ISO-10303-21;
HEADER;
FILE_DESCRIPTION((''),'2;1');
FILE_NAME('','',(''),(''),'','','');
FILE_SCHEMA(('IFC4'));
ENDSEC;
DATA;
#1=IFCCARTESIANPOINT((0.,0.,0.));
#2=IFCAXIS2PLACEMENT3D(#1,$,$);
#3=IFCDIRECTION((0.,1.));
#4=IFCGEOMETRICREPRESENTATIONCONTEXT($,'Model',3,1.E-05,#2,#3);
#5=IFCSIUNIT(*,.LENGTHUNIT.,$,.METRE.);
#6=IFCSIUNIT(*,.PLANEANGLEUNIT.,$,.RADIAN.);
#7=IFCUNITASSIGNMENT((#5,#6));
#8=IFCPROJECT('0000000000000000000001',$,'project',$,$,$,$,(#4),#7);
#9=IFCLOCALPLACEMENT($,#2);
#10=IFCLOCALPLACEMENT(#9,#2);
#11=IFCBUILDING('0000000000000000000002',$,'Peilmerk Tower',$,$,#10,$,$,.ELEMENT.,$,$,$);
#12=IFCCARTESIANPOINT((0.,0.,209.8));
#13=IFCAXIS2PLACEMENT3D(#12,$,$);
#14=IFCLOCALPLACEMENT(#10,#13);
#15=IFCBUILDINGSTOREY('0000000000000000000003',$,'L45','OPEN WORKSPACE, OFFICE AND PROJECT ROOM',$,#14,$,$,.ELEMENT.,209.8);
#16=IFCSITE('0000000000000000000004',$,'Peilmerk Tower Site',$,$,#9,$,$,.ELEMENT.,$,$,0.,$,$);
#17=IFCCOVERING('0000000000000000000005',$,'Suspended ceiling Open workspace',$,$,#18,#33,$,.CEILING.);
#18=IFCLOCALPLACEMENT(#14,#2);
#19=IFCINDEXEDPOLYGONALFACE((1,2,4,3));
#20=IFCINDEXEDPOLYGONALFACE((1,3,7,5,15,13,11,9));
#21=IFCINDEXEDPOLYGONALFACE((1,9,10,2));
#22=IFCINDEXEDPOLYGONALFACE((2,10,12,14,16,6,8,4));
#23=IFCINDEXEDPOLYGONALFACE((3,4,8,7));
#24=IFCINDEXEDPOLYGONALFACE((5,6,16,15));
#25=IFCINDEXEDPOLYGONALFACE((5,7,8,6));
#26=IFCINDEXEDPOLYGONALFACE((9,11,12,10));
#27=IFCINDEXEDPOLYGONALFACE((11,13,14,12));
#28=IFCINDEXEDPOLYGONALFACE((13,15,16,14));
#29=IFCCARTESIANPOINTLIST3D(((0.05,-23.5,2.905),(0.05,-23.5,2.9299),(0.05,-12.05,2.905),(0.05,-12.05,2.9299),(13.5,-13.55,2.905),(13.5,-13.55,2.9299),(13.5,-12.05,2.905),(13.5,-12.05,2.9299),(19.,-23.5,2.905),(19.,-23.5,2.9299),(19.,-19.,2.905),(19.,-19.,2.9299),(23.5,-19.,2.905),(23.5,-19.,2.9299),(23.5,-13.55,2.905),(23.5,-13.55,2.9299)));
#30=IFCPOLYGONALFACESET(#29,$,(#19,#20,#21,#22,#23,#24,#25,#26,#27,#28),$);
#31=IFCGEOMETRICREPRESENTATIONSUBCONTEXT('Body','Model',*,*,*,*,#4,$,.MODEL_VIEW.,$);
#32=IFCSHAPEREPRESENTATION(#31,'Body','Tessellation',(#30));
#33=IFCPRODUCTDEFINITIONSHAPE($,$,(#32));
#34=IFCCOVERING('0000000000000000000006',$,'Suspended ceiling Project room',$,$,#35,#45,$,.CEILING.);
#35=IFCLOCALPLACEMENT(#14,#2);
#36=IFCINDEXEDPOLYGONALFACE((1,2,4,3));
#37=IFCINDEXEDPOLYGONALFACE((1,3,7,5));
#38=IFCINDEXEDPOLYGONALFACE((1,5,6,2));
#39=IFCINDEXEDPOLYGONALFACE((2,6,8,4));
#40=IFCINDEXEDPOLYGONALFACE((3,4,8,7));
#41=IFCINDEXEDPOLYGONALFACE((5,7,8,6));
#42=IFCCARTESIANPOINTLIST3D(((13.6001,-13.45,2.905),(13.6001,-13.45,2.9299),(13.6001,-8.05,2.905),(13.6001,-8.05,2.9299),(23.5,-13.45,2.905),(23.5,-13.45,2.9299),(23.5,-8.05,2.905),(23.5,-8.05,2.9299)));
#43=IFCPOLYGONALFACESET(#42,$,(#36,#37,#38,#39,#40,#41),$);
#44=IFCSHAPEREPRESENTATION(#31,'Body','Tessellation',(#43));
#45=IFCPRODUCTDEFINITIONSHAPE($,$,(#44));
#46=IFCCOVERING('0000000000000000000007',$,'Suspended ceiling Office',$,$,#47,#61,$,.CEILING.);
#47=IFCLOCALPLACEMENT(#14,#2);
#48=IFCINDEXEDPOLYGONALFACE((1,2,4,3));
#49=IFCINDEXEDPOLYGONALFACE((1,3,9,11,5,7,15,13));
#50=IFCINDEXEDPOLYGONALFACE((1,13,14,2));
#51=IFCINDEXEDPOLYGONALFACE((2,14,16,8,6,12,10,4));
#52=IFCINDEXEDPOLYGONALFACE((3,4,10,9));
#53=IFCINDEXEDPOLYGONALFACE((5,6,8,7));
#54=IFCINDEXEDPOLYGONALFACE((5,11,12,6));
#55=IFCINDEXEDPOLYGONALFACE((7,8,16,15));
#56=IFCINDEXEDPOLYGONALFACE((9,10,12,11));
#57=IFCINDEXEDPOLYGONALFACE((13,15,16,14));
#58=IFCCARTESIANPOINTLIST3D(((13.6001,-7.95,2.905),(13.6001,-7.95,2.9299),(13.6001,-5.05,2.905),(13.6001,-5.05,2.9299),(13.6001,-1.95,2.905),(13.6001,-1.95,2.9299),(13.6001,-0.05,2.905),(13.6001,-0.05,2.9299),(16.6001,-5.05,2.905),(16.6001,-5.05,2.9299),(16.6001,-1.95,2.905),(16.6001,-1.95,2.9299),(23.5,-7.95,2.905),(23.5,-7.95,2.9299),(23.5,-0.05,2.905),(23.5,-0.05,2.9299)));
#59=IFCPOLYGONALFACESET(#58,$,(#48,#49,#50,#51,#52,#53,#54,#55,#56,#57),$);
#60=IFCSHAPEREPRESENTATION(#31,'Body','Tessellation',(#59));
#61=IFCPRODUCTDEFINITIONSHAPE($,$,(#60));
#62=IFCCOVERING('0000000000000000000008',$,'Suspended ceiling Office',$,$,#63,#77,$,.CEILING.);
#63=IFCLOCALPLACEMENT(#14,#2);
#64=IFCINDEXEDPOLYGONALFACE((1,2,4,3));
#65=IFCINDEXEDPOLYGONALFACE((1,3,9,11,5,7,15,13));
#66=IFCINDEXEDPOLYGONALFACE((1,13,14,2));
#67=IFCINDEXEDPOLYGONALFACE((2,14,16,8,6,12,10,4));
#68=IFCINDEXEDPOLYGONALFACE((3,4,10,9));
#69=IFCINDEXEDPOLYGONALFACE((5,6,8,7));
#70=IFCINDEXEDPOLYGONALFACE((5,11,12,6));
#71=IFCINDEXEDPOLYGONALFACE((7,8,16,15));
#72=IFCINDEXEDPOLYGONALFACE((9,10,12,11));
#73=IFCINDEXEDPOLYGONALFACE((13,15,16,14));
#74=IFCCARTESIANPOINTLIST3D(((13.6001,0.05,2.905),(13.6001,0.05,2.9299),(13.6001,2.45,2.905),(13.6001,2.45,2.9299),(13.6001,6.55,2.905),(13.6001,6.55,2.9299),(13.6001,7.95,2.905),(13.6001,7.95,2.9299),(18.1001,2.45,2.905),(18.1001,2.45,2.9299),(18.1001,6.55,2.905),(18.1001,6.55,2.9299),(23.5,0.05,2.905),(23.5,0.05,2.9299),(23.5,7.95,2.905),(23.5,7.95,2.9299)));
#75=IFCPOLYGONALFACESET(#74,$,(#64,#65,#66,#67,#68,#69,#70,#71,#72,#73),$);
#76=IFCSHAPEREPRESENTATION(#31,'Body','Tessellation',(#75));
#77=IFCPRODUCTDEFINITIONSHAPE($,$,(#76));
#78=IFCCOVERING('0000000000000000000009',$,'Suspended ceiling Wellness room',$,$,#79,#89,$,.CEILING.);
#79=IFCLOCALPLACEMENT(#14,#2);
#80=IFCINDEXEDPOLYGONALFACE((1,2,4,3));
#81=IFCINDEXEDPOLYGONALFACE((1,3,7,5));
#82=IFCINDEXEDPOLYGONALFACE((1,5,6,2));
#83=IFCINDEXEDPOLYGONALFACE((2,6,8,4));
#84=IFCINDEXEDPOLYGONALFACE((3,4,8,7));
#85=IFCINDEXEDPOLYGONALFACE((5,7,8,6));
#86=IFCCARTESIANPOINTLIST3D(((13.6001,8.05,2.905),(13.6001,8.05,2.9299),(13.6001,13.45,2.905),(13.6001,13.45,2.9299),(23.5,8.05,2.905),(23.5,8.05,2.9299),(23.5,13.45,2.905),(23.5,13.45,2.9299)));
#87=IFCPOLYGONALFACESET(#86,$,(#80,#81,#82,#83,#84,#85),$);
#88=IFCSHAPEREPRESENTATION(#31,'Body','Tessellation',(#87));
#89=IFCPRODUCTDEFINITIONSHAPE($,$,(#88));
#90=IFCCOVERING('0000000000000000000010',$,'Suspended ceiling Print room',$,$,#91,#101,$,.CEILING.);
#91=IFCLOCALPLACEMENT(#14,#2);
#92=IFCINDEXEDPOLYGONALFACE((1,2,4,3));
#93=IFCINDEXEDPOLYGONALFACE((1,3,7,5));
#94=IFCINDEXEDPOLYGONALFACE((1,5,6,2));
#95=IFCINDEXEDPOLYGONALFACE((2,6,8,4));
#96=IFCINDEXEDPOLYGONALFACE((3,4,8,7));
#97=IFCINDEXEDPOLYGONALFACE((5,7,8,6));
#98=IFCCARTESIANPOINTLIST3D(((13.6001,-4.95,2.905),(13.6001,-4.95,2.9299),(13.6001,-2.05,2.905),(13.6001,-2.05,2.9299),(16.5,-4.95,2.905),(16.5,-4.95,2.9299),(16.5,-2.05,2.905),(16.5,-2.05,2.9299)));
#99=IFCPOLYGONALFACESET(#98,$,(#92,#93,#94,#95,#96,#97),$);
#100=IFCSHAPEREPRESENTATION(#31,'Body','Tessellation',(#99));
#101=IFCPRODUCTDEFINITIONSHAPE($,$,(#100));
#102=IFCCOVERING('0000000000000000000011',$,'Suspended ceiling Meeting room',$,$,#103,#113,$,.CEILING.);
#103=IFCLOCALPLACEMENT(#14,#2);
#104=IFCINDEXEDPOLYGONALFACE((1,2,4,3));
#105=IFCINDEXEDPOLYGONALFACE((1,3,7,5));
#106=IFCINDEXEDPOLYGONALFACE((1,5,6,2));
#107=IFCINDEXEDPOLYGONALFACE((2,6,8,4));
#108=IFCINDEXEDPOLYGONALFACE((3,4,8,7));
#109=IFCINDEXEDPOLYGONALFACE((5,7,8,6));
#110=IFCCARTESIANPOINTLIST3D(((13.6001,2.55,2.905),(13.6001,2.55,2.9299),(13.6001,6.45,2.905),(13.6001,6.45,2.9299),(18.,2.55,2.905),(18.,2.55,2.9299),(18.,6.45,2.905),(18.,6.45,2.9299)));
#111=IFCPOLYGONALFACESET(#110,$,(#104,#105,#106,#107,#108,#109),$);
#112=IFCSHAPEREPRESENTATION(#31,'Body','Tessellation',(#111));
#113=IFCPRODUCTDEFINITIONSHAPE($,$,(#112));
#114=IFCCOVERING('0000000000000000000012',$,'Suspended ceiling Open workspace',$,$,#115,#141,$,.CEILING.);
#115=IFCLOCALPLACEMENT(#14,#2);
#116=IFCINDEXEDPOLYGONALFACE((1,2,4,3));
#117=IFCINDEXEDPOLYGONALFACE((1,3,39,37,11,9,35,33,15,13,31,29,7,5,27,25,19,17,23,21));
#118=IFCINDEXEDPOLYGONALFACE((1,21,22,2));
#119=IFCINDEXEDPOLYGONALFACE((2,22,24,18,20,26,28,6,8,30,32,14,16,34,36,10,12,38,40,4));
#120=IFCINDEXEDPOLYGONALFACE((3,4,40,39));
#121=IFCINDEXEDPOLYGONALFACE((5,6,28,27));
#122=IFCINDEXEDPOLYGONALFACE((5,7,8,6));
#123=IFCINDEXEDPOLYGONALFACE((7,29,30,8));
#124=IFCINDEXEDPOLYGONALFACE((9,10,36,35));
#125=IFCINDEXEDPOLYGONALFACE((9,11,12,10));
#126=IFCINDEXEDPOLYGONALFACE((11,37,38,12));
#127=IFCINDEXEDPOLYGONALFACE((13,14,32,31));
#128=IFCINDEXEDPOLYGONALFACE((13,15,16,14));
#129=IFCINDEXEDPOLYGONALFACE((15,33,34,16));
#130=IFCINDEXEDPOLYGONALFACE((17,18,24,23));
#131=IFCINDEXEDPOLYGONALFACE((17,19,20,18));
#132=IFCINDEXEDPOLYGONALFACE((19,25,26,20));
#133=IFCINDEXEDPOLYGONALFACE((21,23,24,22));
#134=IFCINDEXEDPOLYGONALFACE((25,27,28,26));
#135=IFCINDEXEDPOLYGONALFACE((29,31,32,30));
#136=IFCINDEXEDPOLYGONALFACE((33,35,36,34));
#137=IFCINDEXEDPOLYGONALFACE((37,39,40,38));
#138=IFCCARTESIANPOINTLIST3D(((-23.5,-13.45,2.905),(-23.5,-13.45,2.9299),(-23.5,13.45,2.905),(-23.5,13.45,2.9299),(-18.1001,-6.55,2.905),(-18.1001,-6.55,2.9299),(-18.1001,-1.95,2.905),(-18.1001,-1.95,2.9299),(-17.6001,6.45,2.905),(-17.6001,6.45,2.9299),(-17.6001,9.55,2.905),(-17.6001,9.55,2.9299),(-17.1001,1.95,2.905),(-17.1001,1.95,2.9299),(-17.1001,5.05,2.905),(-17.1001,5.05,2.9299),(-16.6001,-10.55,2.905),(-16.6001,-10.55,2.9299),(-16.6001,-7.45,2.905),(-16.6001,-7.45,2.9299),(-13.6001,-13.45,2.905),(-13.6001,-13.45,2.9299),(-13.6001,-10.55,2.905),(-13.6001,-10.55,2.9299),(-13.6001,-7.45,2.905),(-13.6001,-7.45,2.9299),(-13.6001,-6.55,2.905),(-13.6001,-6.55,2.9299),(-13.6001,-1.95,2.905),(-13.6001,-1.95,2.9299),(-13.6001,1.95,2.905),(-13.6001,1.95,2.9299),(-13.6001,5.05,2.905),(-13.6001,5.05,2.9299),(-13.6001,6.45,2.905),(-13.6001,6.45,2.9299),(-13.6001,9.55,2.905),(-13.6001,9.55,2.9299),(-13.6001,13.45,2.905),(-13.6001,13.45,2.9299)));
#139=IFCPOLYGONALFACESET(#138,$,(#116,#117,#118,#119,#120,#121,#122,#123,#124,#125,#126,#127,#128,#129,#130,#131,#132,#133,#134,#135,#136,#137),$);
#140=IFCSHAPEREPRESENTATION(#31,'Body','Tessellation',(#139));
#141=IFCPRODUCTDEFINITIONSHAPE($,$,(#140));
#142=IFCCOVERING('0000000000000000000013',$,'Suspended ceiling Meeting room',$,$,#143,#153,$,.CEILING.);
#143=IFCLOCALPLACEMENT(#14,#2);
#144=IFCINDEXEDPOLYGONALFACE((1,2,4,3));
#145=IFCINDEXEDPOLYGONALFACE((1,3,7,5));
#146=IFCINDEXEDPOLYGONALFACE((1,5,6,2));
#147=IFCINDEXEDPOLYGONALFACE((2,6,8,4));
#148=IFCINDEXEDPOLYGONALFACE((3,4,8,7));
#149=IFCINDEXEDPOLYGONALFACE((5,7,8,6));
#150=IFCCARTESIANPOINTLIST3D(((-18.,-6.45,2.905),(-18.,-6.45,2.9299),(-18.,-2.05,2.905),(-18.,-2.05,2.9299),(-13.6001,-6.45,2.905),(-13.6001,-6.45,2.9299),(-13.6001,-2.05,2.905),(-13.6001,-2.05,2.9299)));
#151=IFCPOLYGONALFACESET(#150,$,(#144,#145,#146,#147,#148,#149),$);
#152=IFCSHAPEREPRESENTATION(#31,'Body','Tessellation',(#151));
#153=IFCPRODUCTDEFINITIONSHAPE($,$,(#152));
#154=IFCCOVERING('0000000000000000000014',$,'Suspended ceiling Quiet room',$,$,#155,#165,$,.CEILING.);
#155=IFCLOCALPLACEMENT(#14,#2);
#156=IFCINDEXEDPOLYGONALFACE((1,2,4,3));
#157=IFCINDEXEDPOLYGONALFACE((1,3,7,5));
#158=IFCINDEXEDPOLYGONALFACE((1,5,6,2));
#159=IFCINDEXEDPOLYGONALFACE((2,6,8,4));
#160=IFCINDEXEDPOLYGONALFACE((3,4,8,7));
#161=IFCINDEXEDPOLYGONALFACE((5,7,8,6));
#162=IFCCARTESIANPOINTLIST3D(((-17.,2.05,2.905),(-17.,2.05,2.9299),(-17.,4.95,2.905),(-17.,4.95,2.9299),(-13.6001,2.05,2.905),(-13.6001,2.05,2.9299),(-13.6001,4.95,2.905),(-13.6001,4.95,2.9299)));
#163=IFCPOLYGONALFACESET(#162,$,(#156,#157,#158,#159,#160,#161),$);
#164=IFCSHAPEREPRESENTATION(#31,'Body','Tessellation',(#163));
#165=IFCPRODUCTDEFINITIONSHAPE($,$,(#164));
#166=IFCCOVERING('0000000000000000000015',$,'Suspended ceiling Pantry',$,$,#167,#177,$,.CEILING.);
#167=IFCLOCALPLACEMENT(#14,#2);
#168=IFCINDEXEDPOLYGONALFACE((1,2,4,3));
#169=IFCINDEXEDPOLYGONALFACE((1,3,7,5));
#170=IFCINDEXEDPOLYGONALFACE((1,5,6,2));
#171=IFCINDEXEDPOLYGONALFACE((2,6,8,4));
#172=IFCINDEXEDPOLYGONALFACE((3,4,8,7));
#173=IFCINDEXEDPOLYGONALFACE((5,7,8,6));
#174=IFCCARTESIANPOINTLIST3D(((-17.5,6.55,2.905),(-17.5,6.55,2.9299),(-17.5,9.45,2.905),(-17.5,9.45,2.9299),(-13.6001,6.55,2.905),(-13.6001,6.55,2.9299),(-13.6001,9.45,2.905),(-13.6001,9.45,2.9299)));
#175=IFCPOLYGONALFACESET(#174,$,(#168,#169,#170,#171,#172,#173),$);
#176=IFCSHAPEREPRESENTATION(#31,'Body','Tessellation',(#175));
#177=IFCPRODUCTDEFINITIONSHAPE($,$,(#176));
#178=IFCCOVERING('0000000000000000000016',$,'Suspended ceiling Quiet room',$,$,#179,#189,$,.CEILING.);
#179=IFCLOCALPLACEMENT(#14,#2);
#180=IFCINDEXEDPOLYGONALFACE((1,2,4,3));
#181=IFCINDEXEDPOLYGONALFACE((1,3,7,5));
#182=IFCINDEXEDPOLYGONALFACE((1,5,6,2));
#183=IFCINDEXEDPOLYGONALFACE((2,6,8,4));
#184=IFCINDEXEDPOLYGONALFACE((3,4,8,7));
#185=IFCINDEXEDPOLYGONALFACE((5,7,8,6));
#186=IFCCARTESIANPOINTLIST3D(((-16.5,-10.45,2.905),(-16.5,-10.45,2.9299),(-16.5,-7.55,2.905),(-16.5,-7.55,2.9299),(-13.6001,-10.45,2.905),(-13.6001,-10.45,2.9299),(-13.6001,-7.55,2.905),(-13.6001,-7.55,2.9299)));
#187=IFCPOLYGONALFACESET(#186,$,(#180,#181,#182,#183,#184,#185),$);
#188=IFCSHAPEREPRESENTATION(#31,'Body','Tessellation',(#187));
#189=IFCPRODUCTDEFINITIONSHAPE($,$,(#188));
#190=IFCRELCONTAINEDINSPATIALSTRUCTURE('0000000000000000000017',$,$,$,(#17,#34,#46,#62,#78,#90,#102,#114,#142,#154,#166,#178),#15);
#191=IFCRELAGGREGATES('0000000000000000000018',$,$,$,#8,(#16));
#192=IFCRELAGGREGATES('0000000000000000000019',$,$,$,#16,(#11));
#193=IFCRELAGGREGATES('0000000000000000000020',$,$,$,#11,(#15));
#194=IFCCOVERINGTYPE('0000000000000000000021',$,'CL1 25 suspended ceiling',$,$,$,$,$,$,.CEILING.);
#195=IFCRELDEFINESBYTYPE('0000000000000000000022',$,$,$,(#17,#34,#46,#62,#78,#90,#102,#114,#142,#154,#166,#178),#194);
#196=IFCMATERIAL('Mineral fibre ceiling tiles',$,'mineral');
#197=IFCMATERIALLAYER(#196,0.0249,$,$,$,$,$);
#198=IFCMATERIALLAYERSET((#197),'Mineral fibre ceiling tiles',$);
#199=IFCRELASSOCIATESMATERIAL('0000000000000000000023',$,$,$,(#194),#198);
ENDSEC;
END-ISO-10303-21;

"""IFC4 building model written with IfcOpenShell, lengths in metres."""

from ifc_helpers import new_model, si_unit, direction, frame, origin, place, context, subcontext, project, spatial, polyline, outline, extrude, material, layer, layer_set, type_object, element, save


model = new_model("IFC4")

# Units and contexts
model_context = context("Model", 3, precision=1e-05, world=origin(), true_north=direction((0.0, 1.0)))
body_context = subcontext(model_context, "Body", "Model", "MODEL_VIEW")
ifc_project = project(units=[si_unit("LENGTHUNIT", "METRE"), si_unit("PLANEANGLEUNIT", "RADIAN")], contexts=[model_context])

# Site, building, storey
site_placement = place(None, origin())
site = spatial("IfcSite", under=ifc_project, at=site_placement, Name="Peilmerk Tower Site", CompositionType="ELEMENT", RefElevation=0.0)
building_placement = place(site_placement, origin())
building = spatial("IfcBuilding", under=site, at=building_placement, Name="Peilmerk Tower", CompositionType="ELEMENT")
storey_placement = place(building_placement, frame((0.0, 0.0, 209.8)))
storey = spatial("IfcBuildingStorey", under=building, at=storey_placement, Name="L45", Description="OPEN WORKSPACE, OFFICE AND PROJECT ROOM", CompositionType="ELEMENT", Elevation=209.8)

# Coverings
ifc_material_1 = material(Name="Mineral fibre ceiling tiles", Category="mineral")
ifc_layer_1 = layer(ifc_material_1, 0.0249)
ifc_layer_set_1 = layer_set([ifc_layer_1], Name="Mineral fibre ceiling tiles")
covering_type = type_object("IfcCoveringType", Name="CL1 25 suspended ceiling", PredefinedType="CEILING", material=ifc_layer_set_1)
covering_1_placement = place(storey_placement, frame((0.0, 0.0, 2.905)))
element("IfcCovering", 1, at=covering_1_placement, inside=storey, type_object=covering_type, Name="Suspended ceiling Open workspace", PredefinedType="CEILING", context=body_context, shape_type="SweptSolid", body=[
    extrude(outline(polyline([(0.05, -23.5), (19.0, -23.5), (19.0, -19.0), (23.5, -19.0), (23.5, -13.55), (13.5, -13.55), (13.5, -12.05), (0.05, -12.05), (0.05, -23.5)])), origin(), (0.0, 0.0, 1.0), 0.0249),
])
covering_2_placement = place(storey_placement, frame((0.0, 0.0, 2.905)))
element("IfcCovering", 2, at=covering_2_placement, inside=storey, type_object=covering_type, Name="Suspended ceiling Project room", PredefinedType="CEILING", context=body_context, shape_type="SweptSolid", body=[
    extrude(outline(polyline([(23.5, -13.45), (23.5, -8.05), (13.6001, -8.05), (13.6001, -13.45), (23.5, -13.45)])), origin(), (0.0, 0.0, 1.0), 0.0249),
])
covering_3_placement = place(storey_placement, frame((0.0, 0.0, 2.905)))
element("IfcCovering", 3, at=covering_3_placement, inside=storey, type_object=covering_type, Name="Suspended ceiling Office", PredefinedType="CEILING", context=body_context, shape_type="SweptSolid", body=[
    extrude(outline(polyline([(13.6001, -7.95), (23.5, -7.95), (23.5, -0.05), (13.6001, -0.05), (13.6001, -1.95), (16.6001, -1.95), (16.6001, -5.05), (13.6001, -5.05), (13.6001, -7.95)])), origin(), (0.0, 0.0, 1.0), 0.0249),
])
covering_4_placement = place(storey_placement, frame((0.0, 0.0, 2.905)))
element("IfcCovering", 4, at=covering_4_placement, inside=storey, type_object=covering_type, Name="Suspended ceiling Office", PredefinedType="CEILING", context=body_context, shape_type="SweptSolid", body=[
    extrude(outline(polyline([(13.6001, 0.05), (23.5, 0.05), (23.5, 7.95), (13.6001, 7.95), (13.6001, 6.55), (18.1001, 6.55), (18.1001, 2.45), (13.6001, 2.45), (13.6001, 0.05)])), origin(), (0.0, 0.0, 1.0), 0.0249),
])
covering_5_placement = place(storey_placement, frame((0.0, 0.0, 2.905)))
element("IfcCovering", 5, at=covering_5_placement, inside=storey, type_object=covering_type, Name="Suspended ceiling Wellness room", PredefinedType="CEILING", context=body_context, shape_type="SweptSolid", body=[
    extrude(outline(polyline([(23.5, 8.05), (23.5, 13.45), (13.6001, 13.45), (13.6001, 8.05), (23.5, 8.05)])), origin(), (0.0, 0.0, 1.0), 0.0249),
])
covering_6_placement = place(storey_placement, frame((0.0, 0.0, 2.905)))
element("IfcCovering", 6, at=covering_6_placement, inside=storey, type_object=covering_type, Name="Suspended ceiling Print room", PredefinedType="CEILING", context=body_context, shape_type="SweptSolid", body=[
    extrude(outline(polyline([(16.5, -4.95), (16.5, -2.05), (13.6001, -2.05), (13.6001, -4.95), (16.5, -4.95)])), origin(), (0.0, 0.0, 1.0), 0.0249),
])
covering_7_placement = place(storey_placement, frame((0.0, 0.0, 2.905)))
element("IfcCovering", 7, at=covering_7_placement, inside=storey, type_object=covering_type, Name="Suspended ceiling Meeting room", PredefinedType="CEILING", context=body_context, shape_type="SweptSolid", body=[
    extrude(outline(polyline([(18.0, 2.55), (18.0, 6.45), (13.6001, 6.45), (13.6001, 2.55), (18.0, 2.55)])), origin(), (0.0, 0.0, 1.0), 0.0249),
])
covering_8_placement = place(storey_placement, frame((0.0, 0.0, 2.905)))
element("IfcCovering", 8, at=covering_8_placement, inside=storey, type_object=covering_type, Name="Suspended ceiling Open workspace", PredefinedType="CEILING", context=body_context, shape_type="SweptSolid", body=[
    extrude(outline(polyline([(-13.6001, 13.45), (-23.5, 13.45), (-23.5, -13.45), (-13.6001, -13.45), (-13.6001, -10.55), (-16.6001, -10.55), (-16.6001, -7.45), (-13.6001, -7.45), (-13.6001, -6.55), (-18.1001, -6.55), (-18.1001, -1.95), (-13.6001, -1.95), (-13.6001, 1.95), (-17.1001, 1.95), (-17.1001, 5.05), (-13.6001, 5.05), (-13.6001, 6.45), (-17.6001, 6.45), (-17.6001, 9.55), (-13.6001, 9.55), (-13.6001, 13.45)])), origin(), (0.0, 0.0, 1.0), 0.0249),
])
covering_9_placement = place(storey_placement, frame((0.0, 0.0, 2.905)))
element("IfcCovering", 9, at=covering_9_placement, inside=storey, type_object=covering_type, Name="Suspended ceiling Meeting room", PredefinedType="CEILING", context=body_context, shape_type="SweptSolid", body=[
    extrude(outline(polyline([(-13.6001, -6.45), (-13.6001, -2.05), (-18.0, -2.05), (-18.0, -6.45), (-13.6001, -6.45)])), origin(), (0.0, 0.0, 1.0), 0.0249),
])
covering_10_placement = place(storey_placement, frame((0.0, 0.0, 2.905)))
element("IfcCovering", 10, at=covering_10_placement, inside=storey, type_object=covering_type, Name="Suspended ceiling Quiet room", PredefinedType="CEILING", context=body_context, shape_type="SweptSolid", body=[
    extrude(outline(polyline([(-13.6001, 2.05), (-13.6001, 4.95), (-17.0, 4.95), (-17.0, 2.05), (-13.6001, 2.05)])), origin(), (0.0, 0.0, 1.0), 0.0249),
])
covering_11_placement = place(storey_placement, frame((0.0, 0.0, 2.905)))
element("IfcCovering", 11, at=covering_11_placement, inside=storey, type_object=covering_type, Name="Suspended ceiling Pantry", PredefinedType="CEILING", context=body_context, shape_type="SweptSolid", body=[
    extrude(outline(polyline([(-13.6001, 6.55), (-13.6001, 9.45), (-17.5, 9.45), (-17.5, 6.55), (-13.6001, 6.55)])), origin(), (0.0, 0.0, 1.0), 0.0249),
])
covering_12_placement = place(storey_placement, frame((0.0, 0.0, 2.905)))
element("IfcCovering", 12, at=covering_12_placement, inside=storey, type_object=covering_type, Name="Suspended ceiling Quiet room", PredefinedType="CEILING", context=body_context, shape_type="SweptSolid", body=[
    extrude(outline(polyline([(-13.6001, -10.45), (-13.6001, -7.55), (-16.5, -7.55), (-16.5, -10.45), (-13.6001, -10.45)])), origin(), (0.0, 0.0, 1.0), 0.0249),
])

save(model, "model.ifc")
